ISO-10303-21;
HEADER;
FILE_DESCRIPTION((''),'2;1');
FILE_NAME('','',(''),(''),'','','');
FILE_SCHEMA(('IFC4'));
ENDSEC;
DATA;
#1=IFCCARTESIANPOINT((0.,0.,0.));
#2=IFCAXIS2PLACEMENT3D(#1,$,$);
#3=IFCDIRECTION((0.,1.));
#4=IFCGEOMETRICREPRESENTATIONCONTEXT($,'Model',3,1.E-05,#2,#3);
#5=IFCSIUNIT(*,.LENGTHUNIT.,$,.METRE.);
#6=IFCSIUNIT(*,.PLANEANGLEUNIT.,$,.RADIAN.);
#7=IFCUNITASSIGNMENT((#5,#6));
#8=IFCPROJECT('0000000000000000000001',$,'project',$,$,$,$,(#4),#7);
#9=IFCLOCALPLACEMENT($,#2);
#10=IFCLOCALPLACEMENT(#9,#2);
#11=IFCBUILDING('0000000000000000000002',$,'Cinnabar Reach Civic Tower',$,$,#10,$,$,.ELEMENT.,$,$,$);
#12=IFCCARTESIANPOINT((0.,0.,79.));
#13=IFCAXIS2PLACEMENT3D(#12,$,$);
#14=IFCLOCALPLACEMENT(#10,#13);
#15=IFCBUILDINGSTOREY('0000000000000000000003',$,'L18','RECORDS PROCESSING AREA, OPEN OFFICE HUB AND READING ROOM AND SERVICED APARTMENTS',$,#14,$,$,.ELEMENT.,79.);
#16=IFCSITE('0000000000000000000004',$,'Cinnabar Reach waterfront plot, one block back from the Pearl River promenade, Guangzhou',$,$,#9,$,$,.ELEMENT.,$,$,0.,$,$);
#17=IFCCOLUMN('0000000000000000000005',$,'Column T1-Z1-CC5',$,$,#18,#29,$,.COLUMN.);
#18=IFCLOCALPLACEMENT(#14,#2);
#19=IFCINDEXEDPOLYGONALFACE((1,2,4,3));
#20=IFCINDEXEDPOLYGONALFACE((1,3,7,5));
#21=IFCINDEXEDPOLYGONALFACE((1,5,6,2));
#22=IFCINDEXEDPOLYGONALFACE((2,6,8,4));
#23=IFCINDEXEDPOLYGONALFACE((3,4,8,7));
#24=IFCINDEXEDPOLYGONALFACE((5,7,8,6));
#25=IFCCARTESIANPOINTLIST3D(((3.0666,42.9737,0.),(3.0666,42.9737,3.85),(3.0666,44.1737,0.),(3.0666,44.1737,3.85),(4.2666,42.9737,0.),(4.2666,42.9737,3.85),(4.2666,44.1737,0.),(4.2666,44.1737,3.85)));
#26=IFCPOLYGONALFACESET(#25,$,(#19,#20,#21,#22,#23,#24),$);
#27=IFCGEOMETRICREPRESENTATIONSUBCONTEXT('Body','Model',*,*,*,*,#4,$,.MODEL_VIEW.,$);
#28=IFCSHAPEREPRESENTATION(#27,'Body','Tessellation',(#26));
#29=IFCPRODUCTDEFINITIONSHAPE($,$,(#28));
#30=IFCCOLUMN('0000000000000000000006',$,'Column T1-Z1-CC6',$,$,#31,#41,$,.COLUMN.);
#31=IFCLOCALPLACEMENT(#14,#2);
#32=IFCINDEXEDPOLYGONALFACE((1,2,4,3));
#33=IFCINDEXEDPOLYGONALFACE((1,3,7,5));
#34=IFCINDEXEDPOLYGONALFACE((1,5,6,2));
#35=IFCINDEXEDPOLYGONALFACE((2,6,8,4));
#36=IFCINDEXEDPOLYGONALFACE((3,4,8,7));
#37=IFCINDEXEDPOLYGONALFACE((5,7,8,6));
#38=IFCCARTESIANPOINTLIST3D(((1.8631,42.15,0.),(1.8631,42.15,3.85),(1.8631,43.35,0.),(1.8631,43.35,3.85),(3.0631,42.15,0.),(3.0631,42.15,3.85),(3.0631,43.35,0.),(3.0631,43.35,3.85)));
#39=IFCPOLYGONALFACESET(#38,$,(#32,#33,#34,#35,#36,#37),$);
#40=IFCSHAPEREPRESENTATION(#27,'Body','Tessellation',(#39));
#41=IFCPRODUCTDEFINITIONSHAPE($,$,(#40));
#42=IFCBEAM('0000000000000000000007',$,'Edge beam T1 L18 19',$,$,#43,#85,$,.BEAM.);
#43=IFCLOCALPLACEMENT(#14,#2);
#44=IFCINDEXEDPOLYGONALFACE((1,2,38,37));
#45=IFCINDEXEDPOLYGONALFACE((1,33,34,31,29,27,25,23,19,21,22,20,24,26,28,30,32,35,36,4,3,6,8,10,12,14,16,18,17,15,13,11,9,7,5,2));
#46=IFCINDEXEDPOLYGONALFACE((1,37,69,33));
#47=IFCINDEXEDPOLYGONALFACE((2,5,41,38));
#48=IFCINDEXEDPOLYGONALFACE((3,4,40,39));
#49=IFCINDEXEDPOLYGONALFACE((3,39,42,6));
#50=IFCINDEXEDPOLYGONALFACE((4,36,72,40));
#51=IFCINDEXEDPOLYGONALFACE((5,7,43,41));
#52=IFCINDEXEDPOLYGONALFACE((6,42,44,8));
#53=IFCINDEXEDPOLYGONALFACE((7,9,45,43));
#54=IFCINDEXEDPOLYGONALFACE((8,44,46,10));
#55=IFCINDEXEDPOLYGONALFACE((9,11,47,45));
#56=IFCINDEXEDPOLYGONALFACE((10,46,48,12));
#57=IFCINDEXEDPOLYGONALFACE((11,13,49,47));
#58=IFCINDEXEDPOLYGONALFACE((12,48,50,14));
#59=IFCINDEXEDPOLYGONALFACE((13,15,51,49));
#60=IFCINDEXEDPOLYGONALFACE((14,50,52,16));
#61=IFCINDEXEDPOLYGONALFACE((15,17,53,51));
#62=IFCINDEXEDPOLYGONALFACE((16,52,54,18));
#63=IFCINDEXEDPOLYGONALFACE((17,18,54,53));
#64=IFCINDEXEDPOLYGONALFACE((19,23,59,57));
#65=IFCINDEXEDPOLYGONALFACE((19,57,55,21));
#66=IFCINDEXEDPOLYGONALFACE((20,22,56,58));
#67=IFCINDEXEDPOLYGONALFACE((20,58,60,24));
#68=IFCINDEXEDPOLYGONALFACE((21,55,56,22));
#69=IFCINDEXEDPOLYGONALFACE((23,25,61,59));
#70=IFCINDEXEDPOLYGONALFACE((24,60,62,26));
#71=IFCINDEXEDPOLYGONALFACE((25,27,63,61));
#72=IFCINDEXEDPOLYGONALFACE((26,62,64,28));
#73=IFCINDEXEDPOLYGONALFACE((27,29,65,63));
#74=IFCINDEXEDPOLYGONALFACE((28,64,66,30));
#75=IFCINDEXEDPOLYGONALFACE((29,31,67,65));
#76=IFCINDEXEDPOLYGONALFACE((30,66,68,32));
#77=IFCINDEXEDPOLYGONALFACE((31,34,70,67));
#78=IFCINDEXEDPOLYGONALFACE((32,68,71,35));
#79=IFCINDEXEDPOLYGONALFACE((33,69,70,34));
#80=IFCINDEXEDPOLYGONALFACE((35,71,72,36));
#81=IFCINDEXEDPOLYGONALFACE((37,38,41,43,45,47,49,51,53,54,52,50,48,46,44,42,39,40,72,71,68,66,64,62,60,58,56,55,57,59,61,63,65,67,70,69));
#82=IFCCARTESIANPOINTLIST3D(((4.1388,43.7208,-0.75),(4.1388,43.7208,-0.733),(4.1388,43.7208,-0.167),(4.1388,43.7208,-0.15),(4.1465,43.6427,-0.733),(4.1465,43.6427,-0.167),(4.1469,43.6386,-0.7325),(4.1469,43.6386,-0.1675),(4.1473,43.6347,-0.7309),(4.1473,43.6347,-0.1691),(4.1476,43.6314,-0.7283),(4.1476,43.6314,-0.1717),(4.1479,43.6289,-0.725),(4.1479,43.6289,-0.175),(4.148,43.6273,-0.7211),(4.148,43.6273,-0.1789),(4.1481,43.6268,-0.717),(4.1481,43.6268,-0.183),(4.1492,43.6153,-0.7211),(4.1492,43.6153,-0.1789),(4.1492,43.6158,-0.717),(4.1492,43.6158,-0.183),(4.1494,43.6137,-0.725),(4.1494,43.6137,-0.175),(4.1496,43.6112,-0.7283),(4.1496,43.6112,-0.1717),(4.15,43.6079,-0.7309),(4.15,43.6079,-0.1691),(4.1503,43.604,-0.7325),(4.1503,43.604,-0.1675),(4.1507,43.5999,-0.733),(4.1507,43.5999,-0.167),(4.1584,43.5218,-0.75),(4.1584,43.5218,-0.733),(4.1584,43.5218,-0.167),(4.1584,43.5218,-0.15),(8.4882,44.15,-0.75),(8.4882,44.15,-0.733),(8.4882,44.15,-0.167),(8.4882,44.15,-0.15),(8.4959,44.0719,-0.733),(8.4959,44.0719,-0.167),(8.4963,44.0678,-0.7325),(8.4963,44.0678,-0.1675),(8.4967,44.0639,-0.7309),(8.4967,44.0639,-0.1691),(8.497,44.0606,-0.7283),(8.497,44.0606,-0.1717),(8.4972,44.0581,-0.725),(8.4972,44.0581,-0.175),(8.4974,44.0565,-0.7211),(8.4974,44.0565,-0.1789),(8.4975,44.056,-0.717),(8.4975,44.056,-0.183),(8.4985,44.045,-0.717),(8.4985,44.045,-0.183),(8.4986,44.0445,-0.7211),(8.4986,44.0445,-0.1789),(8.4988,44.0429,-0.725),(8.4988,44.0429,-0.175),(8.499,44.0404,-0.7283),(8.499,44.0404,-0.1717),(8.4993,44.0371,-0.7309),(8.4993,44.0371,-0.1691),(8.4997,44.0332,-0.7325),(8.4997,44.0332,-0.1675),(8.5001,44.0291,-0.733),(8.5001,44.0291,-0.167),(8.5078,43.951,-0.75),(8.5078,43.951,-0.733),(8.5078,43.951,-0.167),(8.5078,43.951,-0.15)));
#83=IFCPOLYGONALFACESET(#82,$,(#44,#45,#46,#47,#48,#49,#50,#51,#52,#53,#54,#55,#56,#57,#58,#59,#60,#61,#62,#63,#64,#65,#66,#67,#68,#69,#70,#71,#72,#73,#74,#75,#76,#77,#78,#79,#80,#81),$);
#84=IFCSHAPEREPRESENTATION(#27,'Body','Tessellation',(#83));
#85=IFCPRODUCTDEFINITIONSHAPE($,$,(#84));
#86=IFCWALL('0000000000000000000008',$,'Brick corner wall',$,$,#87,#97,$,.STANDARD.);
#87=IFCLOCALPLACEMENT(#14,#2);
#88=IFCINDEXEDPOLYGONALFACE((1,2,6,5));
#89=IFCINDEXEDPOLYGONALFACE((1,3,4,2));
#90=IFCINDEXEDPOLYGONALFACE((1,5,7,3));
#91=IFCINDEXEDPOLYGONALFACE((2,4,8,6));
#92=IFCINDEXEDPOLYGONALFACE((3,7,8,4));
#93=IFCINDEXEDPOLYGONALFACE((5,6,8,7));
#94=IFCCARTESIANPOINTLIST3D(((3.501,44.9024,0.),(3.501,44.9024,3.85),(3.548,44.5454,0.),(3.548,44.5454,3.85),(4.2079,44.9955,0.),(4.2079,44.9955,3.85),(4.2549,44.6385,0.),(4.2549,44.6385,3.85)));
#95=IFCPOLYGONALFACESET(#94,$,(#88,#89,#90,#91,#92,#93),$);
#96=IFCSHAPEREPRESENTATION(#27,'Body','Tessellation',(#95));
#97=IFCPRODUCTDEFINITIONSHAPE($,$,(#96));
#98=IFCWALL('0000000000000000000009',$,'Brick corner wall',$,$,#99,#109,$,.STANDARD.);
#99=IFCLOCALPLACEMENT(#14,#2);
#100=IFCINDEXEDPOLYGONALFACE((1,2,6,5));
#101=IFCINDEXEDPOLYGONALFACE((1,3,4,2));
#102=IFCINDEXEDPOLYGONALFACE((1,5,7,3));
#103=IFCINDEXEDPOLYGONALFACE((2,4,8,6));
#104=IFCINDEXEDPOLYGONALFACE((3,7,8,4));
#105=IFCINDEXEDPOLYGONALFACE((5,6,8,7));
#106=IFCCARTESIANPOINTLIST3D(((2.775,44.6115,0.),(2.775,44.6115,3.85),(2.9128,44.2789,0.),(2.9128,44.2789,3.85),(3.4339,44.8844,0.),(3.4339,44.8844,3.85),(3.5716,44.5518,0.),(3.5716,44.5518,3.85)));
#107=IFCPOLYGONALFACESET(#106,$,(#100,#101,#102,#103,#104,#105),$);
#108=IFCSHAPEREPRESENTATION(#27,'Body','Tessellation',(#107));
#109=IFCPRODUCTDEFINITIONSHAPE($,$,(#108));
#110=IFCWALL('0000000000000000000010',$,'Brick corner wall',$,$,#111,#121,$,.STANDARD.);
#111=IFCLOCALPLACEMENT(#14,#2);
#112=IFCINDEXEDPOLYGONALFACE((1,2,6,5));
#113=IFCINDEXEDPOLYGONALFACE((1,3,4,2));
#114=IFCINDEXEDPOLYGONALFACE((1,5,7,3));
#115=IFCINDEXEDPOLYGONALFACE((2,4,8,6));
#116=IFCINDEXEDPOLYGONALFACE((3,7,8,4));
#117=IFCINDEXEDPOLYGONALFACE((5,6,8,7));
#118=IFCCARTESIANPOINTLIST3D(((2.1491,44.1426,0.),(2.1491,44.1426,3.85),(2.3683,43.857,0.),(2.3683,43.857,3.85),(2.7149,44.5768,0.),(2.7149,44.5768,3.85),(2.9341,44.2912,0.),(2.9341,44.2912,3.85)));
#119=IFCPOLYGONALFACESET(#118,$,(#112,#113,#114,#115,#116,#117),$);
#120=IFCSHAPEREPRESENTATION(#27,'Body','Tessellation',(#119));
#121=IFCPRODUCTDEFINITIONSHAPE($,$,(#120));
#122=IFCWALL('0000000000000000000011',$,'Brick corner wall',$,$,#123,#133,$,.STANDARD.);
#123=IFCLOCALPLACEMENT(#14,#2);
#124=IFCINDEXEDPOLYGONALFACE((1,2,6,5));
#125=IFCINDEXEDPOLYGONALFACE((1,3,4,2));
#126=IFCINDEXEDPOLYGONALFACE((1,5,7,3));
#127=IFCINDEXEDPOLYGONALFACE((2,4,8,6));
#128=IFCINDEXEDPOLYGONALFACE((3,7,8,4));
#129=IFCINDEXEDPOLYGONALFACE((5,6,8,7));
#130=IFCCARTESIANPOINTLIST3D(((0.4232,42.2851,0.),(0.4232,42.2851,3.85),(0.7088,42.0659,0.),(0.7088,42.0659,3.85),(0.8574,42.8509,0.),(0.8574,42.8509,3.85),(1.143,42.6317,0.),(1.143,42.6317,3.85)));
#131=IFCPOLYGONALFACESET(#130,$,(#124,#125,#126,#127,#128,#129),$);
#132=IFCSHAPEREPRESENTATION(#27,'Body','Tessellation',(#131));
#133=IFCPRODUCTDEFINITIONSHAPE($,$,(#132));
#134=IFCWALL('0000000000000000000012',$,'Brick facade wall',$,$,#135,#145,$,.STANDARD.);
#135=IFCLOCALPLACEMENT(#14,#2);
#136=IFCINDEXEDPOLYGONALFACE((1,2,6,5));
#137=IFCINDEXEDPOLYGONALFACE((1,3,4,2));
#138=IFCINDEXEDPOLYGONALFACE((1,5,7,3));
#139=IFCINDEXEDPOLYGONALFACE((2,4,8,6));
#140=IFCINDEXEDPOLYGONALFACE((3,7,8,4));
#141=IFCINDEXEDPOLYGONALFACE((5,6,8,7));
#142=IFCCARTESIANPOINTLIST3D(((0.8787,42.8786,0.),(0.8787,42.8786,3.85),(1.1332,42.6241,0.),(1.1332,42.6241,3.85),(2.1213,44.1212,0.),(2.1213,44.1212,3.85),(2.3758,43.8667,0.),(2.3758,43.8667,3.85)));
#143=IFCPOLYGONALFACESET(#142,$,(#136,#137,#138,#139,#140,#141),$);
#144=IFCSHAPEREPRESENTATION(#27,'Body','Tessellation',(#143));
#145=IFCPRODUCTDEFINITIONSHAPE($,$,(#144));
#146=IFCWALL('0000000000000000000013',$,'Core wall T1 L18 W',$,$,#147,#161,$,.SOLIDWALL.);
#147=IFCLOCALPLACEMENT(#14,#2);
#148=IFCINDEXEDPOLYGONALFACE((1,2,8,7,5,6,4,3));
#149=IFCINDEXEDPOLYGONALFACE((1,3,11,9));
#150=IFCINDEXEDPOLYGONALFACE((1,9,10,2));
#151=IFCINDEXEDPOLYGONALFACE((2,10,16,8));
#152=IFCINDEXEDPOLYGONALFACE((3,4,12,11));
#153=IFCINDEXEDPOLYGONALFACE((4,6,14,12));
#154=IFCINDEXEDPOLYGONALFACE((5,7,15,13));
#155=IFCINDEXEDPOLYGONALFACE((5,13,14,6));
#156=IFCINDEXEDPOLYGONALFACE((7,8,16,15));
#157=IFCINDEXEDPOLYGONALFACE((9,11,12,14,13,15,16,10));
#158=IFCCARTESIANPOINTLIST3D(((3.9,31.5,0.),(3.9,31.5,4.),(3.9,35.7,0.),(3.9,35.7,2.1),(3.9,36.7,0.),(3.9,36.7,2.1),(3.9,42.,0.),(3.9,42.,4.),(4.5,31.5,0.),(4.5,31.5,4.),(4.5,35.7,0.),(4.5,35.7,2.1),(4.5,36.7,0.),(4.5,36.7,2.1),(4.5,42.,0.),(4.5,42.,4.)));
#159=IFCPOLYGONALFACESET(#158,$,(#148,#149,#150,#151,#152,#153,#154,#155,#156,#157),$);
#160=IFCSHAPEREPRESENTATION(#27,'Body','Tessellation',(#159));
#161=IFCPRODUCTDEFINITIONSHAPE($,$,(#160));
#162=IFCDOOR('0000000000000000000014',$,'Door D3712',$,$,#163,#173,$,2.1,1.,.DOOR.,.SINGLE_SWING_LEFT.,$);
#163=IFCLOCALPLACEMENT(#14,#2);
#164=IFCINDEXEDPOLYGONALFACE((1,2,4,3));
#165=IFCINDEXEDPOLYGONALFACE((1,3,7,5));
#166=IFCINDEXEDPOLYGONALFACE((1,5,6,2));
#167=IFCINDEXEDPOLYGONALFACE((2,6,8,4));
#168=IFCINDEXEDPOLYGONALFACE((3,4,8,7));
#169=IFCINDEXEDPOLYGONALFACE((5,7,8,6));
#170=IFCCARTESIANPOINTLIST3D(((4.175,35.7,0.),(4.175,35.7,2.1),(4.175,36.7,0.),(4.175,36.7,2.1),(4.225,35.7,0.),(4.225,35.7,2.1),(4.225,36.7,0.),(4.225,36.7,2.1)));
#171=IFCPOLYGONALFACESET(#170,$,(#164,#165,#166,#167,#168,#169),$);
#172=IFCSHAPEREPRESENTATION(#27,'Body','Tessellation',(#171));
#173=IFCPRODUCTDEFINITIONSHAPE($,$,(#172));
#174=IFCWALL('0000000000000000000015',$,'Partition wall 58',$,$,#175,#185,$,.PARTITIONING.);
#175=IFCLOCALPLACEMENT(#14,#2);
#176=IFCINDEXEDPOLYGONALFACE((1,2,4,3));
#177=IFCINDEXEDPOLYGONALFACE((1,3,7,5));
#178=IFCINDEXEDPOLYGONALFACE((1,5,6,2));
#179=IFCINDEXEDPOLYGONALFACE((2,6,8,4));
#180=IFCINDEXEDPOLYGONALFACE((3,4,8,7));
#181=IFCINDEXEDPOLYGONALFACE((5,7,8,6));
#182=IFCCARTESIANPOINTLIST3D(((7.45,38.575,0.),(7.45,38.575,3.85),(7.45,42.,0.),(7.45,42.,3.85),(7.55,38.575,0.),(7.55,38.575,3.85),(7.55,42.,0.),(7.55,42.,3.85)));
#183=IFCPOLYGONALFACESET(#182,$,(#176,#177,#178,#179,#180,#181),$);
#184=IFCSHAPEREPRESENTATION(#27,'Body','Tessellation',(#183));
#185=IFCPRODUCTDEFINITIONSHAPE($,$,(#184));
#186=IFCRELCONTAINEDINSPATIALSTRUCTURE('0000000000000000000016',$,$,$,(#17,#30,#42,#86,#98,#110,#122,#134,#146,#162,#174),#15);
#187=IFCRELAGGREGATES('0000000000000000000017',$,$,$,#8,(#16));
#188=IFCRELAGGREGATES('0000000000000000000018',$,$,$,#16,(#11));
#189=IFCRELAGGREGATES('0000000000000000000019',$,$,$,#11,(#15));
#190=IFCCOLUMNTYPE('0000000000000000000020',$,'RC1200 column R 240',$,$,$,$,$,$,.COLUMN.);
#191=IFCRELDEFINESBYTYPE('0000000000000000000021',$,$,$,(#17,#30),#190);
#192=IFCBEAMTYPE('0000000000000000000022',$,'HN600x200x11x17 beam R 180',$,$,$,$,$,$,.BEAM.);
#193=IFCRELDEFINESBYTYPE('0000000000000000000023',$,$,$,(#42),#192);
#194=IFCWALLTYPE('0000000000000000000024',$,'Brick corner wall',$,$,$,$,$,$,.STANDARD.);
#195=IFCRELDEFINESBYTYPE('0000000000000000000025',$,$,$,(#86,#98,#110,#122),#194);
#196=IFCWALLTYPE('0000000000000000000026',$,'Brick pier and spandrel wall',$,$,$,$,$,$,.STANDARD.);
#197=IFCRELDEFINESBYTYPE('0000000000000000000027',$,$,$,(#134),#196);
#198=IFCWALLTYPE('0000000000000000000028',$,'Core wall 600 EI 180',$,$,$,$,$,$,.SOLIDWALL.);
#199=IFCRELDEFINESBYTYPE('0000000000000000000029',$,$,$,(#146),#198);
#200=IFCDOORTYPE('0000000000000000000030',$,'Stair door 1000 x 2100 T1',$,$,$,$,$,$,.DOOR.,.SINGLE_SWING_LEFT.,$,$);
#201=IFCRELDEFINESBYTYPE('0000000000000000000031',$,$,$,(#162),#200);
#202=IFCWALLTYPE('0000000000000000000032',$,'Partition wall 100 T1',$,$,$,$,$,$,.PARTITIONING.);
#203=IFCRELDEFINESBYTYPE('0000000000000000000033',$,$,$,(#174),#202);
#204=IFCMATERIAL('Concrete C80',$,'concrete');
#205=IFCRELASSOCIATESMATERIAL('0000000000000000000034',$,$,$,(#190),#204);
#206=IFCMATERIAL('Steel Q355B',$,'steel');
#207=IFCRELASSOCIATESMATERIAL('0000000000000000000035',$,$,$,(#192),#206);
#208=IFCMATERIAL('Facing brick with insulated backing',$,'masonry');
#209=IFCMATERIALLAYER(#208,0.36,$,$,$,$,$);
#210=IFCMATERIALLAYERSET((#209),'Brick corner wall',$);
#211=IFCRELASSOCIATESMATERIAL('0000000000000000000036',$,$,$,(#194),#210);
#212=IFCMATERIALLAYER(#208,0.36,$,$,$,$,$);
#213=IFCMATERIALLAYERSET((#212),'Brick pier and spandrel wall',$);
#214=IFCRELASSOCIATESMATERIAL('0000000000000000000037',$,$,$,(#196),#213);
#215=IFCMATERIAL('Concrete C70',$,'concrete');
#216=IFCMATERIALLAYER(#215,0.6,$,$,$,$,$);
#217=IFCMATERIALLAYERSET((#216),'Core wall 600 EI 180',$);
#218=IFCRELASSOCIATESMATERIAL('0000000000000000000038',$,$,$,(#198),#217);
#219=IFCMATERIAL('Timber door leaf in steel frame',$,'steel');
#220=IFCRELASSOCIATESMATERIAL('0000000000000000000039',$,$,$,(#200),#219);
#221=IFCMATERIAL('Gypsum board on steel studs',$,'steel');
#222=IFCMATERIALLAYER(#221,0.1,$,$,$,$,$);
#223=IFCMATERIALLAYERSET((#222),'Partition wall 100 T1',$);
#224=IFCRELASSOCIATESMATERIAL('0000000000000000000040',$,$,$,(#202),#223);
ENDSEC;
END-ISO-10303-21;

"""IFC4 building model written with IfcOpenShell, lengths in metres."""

from ifc_helpers import new_model, si_unit, direction, frame, frame_2d, origin, origin_2d, place, context, subcontext, project, spatial, rectangle, i_section, extrude, material, layer, layer_set, material_profile, profile_set, type_object, element, fill, save


model = new_model("IFC4")

# Units and contexts
model_context = context("Model", 3, precision=1e-05, world=origin(), true_north=direction((0.0, 1.0)))
body_context = subcontext(model_context, "Body", "Model", "MODEL_VIEW")
ifc_project = project(units=[si_unit("LENGTHUNIT", "METRE"), si_unit("PLANEANGLEUNIT", "RADIAN")], contexts=[model_context])

# Site, building, storey
site_placement = place(None, origin())
site = spatial("IfcSite", under=ifc_project, at=site_placement, Name="Cinnabar Reach waterfront plot, one block back from the Pearl River promenade, Guangzhou", CompositionType="ELEMENT", RefElevation=0.0)
building_placement = place(site_placement, origin())
building = spatial("IfcBuilding", under=site, at=building_placement, Name="Cinnabar Reach Civic Tower", CompositionType="ELEMENT")
storey_placement = place(building_placement, frame((0.0, 0.0, 79.0)))
storey = spatial("IfcBuildingStorey", under=building, at=storey_placement, Name="L18", Description="RECORDS PROCESSING AREA, OPEN OFFICE HUB AND READING ROOM AND SERVICED APARTMENTS", CompositionType="ELEMENT", Elevation=79.0)

# Columns
ifc_material_1 = material(Name="Concrete C80", Category="concrete")
ifc_material_profile_1 = material_profile(ifc_material_1, rectangle(XDim=1.2, YDim=1.2, at=origin_2d()), Name="RC1200")
ifc_profile_set_1 = profile_set([ifc_material_profile_1], Name="Concrete C80")
column_type = type_object("IfcColumnType", Name="RC1200 column R 240", PredefinedType="COLUMN", material=ifc_profile_set_1)
for number, where, z_axis, x_axis, name in (
    (1, (3.6666, 43.5737, 0.0), (0.0, 0.0, 1.0), (1.0, 0.0, 0.0), "Column T1-Z1-CC5"),
    (2, (2.4631, 42.75, 0.0), (0.0, 0.0, 1.0), (1.0, 0.0, 0.0), "Column T1-Z1-CC6"),
):
    element("IfcColumn", number, at=place(storey_placement, frame(where, z_axis=z_axis, x_axis=x_axis)), inside=storey, type_object=column_type, Name=name, PredefinedType="COLUMN", context=body_context, shape_type="SweptSolid", body=[
        extrude(rectangle(XDim=1.2, YDim=1.2, at=origin_2d()), origin(), (0.0, 0.0, 1.0), 3.85),
    ])

# Beam
ifc_material_2 = material(Name="Steel Q355B", Category="steel")
ifc_material_profile_2 = material_profile(ifc_material_2, i_section(OverallWidth=0.2, OverallDepth=0.6, WebThickness=0.011, FlangeThickness=0.017, FilletRadius=0.016, at=origin_2d()), Name="HN600x200x11x17")
ifc_profile_set_2 = profile_set([ifc_material_profile_2], Name="Steel Q355B")
beam_type = type_object("IfcBeamType", Name="HN600x200x11x17 beam R 180", PredefinedType="BEAM", material=ifc_profile_set_2)
beam_placement = place(storey_placement, frame((8.498, 44.0505, -0.45), z_axis=(-0.995166, -0.098203, 0.0), x_axis=(0.098203, -0.995166, 0.0)))
element("IfcBeam", 3, at=beam_placement, inside=storey, type_object=beam_type, Name="Edge beam T1 L18 19", PredefinedType="BEAM", context=body_context, shape_type="SweptSolid", body=[
    extrude(i_section(OverallWidth=0.2, OverallDepth=0.6, WebThickness=0.011, FlangeThickness=0.017, FilletRadius=0.016, at=origin_2d()), origin(), (0.0, 0.0, 1.0), 4.3705),
])

# Walls
ifc_material_3 = material(Name="Facing brick with insulated backing", Category="masonry")
ifc_layer_1 = layer(ifc_material_3, 0.36)
ifc_layer_set_1 = layer_set([ifc_layer_1], Name="Brick corner wall")
wall_type_1 = type_object("IfcWallType", Name="Brick corner wall", PredefinedType="STANDARD", material=ifc_layer_set_1)
for number, where, z_axis, x_axis, name in (
    (4, (4.2314, 44.817, 0.0), (0.0, 0.0, 1.0), (-0.991441, -0.130556, 0.0), "Brick corner wall"),
    (5, (3.5027, 44.7181, 0.0), (0.0, 0.0, 1.0), (-0.923872, -0.382703, 0.0), "Brick corner wall"),
):
    element("IfcWall", number, at=place(storey_placement, frame(where, z_axis=z_axis, x_axis=x_axis)), inside=storey, type_object=wall_type_1, Name=name, PredefinedType="STANDARD", context=body_context, shape_type="SweptSolid", body=[
        extrude(rectangle(XDim=0.7131, YDim=0.36, at=frame_2d((0.3565, 0.0))), origin(), (0.0, 0.0, 1.0), 3.85),
    ])
for number, where, z_axis, x_axis, name in (
    (6, (2.8245, 44.434, 0.0), (0.0, 0.0, 1.0), (-0.793322, -0.608802, 0.0), "Brick corner wall"),
    (7, (1.0002, 42.7413, 0.0), (0.0, 0.0, 1.0), (-0.608802, -0.793322, 0.0), "Brick corner wall"),
):
    element("IfcWall", number, at=place(storey_placement, frame(where, z_axis=z_axis, x_axis=x_axis)), inside=storey, type_object=wall_type_1, Name=name, PredefinedType="STANDARD", context=body_context, shape_type="SweptSolid", body=[
        extrude(rectangle(XDim=0.7132, YDim=0.36, at=frame_2d((0.3566, 0.0))), origin(), (0.0, 0.0, 1.0), 3.85),
    ])
ifc_layer_2 = layer(ifc_material_3, 0.36)
ifc_layer_set_2 = layer_set([ifc_layer_2], Name="Brick pier and spandrel wall")
wall_type_2 = type_object("IfcWallType", Name="Brick pier and spandrel wall", PredefinedType="STANDARD", material=ifc_layer_set_2)
wall_1_placement = place(storey_placement, frame((2.2486, 43.994, 0.0), z_axis=(0.0, 0.0, 1.0), x_axis=(-0.707107, -0.707107, 0.0)))
element("IfcWall", 8, at=wall_1_placement, inside=storey, type_object=wall_type_2, Name="Brick facade wall", PredefinedType="STANDARD", context=body_context, shape_type="SweptSolid", body=[
    extrude(rectangle(XDim=1.7573, YDim=0.36, at=frame_2d((0.8787, 0.0))), origin(), (0.0, 0.0, 1.0), 3.85),
])

# Wall, opening, door
ifc_material_4 = material(Name="Concrete C70", Category="concrete")
ifc_layer_3 = layer(ifc_material_4, 0.6)
ifc_layer_set_3 = layer_set([ifc_layer_3], Name="Core wall 600 EI 180")
wall_type_3 = type_object("IfcWallType", Name="Core wall 600 EI 180", PredefinedType="SOLIDWALL", material=ifc_layer_set_3)
wall_2_placement = place(storey_placement, frame((4.2, 42.0, 0.0), z_axis=(0.0, 0.0, 1.0), x_axis=(0.0, -1.0, 0.0)))
wall_2 = element("IfcWall", 9, at=wall_2_placement, inside=storey, type_object=wall_type_3, Name="Core wall T1 L18 W", PredefinedType="SOLIDWALL", context=body_context, shape_type="SweptSolid", body=[
    extrude(rectangle(XDim=10.5, YDim=0.6, at=frame_2d((5.25, 0.0))), origin(), (0.0, 0.0, 1.0), 4.0),
])
opening_placement = place(wall_2_placement, frame((5.3, 0.0, 0.0)))
opening = element("IfcOpeningElement", 10, at=opening_placement, cuts=wall_2, PredefinedType="OPENING", context=body_context, shape_type="SweptSolid", body=[
    extrude(rectangle(XDim=1.0, YDim=2.1, at=frame_2d((0.5, 1.05))), frame((0.0, 0.31, 0.0), z_axis=(0.0, -1.0, 0.0), x_axis=(1.0, 0.0, 0.0)), (0.0, 0.0, 1.0), 0.62),
])
ifc_material_5 = material(Name="Timber door leaf in steel frame", Category="steel")
door_type = type_object("IfcDoorType", Name="Stair door 1000 x 2100 T1", OperationType="SINGLE_SWING_LEFT", PredefinedType="DOOR", material=ifc_material_5)
door_placement = place(opening_placement, frame((1.0, 0.0, 0.0), z_axis=(0.0, 0.0, 1.0), x_axis=(-1.0, 0.0, 0.0)))
door = element("IfcDoor", 11, at=door_placement, inside=storey, type_object=door_type, Name="Door D3712", OperationType="SINGLE_SWING_LEFT", OverallHeight=2.1, OverallWidth=1.0, PredefinedType="DOOR", context=body_context, shape_type="SweptSolid", body=[
    extrude(rectangle(XDim=1.0, YDim=2.1, at=frame_2d((0.5, 1.05))), frame((0.0, 0.025, 0.0), z_axis=(0.0, -1.0, 0.0), x_axis=(1.0, 0.0, 0.0)), (0.0, 0.0, 1.0), 0.05),
])
fill(opening, door)

# Wall
ifc_material_6 = material(Name="Gypsum board on steel studs", Category="steel")
ifc_layer_4 = layer(ifc_material_6, 0.1)
ifc_layer_set_4 = layer_set([ifc_layer_4], Name="Partition wall 100 T1")
wall_type_4 = type_object("IfcWallType", Name="Partition wall 100 T1", PredefinedType="PARTITIONING", material=ifc_layer_set_4)
for number, where, z_axis, x_axis, name in (
    (12, (7.5, 38.575, 0.0), (0.0, 0.0, 1.0), (0.0, 1.0, 0.0), "Partition wall 58"),
):
    element("IfcWall", number, at=place(storey_placement, frame(where, z_axis=z_axis, x_axis=x_axis)), inside=storey, type_object=wall_type_4, Name=name, PredefinedType="PARTITIONING", context=body_context, shape_type="SweptSolid", body=[
        extrude(rectangle(XDim=3.425, YDim=0.1, at=frame_2d((1.7125, 0.0))), origin(), (0.0, 0.0, 1.0), 3.85),
    ])

save(model, "model.ifc")
